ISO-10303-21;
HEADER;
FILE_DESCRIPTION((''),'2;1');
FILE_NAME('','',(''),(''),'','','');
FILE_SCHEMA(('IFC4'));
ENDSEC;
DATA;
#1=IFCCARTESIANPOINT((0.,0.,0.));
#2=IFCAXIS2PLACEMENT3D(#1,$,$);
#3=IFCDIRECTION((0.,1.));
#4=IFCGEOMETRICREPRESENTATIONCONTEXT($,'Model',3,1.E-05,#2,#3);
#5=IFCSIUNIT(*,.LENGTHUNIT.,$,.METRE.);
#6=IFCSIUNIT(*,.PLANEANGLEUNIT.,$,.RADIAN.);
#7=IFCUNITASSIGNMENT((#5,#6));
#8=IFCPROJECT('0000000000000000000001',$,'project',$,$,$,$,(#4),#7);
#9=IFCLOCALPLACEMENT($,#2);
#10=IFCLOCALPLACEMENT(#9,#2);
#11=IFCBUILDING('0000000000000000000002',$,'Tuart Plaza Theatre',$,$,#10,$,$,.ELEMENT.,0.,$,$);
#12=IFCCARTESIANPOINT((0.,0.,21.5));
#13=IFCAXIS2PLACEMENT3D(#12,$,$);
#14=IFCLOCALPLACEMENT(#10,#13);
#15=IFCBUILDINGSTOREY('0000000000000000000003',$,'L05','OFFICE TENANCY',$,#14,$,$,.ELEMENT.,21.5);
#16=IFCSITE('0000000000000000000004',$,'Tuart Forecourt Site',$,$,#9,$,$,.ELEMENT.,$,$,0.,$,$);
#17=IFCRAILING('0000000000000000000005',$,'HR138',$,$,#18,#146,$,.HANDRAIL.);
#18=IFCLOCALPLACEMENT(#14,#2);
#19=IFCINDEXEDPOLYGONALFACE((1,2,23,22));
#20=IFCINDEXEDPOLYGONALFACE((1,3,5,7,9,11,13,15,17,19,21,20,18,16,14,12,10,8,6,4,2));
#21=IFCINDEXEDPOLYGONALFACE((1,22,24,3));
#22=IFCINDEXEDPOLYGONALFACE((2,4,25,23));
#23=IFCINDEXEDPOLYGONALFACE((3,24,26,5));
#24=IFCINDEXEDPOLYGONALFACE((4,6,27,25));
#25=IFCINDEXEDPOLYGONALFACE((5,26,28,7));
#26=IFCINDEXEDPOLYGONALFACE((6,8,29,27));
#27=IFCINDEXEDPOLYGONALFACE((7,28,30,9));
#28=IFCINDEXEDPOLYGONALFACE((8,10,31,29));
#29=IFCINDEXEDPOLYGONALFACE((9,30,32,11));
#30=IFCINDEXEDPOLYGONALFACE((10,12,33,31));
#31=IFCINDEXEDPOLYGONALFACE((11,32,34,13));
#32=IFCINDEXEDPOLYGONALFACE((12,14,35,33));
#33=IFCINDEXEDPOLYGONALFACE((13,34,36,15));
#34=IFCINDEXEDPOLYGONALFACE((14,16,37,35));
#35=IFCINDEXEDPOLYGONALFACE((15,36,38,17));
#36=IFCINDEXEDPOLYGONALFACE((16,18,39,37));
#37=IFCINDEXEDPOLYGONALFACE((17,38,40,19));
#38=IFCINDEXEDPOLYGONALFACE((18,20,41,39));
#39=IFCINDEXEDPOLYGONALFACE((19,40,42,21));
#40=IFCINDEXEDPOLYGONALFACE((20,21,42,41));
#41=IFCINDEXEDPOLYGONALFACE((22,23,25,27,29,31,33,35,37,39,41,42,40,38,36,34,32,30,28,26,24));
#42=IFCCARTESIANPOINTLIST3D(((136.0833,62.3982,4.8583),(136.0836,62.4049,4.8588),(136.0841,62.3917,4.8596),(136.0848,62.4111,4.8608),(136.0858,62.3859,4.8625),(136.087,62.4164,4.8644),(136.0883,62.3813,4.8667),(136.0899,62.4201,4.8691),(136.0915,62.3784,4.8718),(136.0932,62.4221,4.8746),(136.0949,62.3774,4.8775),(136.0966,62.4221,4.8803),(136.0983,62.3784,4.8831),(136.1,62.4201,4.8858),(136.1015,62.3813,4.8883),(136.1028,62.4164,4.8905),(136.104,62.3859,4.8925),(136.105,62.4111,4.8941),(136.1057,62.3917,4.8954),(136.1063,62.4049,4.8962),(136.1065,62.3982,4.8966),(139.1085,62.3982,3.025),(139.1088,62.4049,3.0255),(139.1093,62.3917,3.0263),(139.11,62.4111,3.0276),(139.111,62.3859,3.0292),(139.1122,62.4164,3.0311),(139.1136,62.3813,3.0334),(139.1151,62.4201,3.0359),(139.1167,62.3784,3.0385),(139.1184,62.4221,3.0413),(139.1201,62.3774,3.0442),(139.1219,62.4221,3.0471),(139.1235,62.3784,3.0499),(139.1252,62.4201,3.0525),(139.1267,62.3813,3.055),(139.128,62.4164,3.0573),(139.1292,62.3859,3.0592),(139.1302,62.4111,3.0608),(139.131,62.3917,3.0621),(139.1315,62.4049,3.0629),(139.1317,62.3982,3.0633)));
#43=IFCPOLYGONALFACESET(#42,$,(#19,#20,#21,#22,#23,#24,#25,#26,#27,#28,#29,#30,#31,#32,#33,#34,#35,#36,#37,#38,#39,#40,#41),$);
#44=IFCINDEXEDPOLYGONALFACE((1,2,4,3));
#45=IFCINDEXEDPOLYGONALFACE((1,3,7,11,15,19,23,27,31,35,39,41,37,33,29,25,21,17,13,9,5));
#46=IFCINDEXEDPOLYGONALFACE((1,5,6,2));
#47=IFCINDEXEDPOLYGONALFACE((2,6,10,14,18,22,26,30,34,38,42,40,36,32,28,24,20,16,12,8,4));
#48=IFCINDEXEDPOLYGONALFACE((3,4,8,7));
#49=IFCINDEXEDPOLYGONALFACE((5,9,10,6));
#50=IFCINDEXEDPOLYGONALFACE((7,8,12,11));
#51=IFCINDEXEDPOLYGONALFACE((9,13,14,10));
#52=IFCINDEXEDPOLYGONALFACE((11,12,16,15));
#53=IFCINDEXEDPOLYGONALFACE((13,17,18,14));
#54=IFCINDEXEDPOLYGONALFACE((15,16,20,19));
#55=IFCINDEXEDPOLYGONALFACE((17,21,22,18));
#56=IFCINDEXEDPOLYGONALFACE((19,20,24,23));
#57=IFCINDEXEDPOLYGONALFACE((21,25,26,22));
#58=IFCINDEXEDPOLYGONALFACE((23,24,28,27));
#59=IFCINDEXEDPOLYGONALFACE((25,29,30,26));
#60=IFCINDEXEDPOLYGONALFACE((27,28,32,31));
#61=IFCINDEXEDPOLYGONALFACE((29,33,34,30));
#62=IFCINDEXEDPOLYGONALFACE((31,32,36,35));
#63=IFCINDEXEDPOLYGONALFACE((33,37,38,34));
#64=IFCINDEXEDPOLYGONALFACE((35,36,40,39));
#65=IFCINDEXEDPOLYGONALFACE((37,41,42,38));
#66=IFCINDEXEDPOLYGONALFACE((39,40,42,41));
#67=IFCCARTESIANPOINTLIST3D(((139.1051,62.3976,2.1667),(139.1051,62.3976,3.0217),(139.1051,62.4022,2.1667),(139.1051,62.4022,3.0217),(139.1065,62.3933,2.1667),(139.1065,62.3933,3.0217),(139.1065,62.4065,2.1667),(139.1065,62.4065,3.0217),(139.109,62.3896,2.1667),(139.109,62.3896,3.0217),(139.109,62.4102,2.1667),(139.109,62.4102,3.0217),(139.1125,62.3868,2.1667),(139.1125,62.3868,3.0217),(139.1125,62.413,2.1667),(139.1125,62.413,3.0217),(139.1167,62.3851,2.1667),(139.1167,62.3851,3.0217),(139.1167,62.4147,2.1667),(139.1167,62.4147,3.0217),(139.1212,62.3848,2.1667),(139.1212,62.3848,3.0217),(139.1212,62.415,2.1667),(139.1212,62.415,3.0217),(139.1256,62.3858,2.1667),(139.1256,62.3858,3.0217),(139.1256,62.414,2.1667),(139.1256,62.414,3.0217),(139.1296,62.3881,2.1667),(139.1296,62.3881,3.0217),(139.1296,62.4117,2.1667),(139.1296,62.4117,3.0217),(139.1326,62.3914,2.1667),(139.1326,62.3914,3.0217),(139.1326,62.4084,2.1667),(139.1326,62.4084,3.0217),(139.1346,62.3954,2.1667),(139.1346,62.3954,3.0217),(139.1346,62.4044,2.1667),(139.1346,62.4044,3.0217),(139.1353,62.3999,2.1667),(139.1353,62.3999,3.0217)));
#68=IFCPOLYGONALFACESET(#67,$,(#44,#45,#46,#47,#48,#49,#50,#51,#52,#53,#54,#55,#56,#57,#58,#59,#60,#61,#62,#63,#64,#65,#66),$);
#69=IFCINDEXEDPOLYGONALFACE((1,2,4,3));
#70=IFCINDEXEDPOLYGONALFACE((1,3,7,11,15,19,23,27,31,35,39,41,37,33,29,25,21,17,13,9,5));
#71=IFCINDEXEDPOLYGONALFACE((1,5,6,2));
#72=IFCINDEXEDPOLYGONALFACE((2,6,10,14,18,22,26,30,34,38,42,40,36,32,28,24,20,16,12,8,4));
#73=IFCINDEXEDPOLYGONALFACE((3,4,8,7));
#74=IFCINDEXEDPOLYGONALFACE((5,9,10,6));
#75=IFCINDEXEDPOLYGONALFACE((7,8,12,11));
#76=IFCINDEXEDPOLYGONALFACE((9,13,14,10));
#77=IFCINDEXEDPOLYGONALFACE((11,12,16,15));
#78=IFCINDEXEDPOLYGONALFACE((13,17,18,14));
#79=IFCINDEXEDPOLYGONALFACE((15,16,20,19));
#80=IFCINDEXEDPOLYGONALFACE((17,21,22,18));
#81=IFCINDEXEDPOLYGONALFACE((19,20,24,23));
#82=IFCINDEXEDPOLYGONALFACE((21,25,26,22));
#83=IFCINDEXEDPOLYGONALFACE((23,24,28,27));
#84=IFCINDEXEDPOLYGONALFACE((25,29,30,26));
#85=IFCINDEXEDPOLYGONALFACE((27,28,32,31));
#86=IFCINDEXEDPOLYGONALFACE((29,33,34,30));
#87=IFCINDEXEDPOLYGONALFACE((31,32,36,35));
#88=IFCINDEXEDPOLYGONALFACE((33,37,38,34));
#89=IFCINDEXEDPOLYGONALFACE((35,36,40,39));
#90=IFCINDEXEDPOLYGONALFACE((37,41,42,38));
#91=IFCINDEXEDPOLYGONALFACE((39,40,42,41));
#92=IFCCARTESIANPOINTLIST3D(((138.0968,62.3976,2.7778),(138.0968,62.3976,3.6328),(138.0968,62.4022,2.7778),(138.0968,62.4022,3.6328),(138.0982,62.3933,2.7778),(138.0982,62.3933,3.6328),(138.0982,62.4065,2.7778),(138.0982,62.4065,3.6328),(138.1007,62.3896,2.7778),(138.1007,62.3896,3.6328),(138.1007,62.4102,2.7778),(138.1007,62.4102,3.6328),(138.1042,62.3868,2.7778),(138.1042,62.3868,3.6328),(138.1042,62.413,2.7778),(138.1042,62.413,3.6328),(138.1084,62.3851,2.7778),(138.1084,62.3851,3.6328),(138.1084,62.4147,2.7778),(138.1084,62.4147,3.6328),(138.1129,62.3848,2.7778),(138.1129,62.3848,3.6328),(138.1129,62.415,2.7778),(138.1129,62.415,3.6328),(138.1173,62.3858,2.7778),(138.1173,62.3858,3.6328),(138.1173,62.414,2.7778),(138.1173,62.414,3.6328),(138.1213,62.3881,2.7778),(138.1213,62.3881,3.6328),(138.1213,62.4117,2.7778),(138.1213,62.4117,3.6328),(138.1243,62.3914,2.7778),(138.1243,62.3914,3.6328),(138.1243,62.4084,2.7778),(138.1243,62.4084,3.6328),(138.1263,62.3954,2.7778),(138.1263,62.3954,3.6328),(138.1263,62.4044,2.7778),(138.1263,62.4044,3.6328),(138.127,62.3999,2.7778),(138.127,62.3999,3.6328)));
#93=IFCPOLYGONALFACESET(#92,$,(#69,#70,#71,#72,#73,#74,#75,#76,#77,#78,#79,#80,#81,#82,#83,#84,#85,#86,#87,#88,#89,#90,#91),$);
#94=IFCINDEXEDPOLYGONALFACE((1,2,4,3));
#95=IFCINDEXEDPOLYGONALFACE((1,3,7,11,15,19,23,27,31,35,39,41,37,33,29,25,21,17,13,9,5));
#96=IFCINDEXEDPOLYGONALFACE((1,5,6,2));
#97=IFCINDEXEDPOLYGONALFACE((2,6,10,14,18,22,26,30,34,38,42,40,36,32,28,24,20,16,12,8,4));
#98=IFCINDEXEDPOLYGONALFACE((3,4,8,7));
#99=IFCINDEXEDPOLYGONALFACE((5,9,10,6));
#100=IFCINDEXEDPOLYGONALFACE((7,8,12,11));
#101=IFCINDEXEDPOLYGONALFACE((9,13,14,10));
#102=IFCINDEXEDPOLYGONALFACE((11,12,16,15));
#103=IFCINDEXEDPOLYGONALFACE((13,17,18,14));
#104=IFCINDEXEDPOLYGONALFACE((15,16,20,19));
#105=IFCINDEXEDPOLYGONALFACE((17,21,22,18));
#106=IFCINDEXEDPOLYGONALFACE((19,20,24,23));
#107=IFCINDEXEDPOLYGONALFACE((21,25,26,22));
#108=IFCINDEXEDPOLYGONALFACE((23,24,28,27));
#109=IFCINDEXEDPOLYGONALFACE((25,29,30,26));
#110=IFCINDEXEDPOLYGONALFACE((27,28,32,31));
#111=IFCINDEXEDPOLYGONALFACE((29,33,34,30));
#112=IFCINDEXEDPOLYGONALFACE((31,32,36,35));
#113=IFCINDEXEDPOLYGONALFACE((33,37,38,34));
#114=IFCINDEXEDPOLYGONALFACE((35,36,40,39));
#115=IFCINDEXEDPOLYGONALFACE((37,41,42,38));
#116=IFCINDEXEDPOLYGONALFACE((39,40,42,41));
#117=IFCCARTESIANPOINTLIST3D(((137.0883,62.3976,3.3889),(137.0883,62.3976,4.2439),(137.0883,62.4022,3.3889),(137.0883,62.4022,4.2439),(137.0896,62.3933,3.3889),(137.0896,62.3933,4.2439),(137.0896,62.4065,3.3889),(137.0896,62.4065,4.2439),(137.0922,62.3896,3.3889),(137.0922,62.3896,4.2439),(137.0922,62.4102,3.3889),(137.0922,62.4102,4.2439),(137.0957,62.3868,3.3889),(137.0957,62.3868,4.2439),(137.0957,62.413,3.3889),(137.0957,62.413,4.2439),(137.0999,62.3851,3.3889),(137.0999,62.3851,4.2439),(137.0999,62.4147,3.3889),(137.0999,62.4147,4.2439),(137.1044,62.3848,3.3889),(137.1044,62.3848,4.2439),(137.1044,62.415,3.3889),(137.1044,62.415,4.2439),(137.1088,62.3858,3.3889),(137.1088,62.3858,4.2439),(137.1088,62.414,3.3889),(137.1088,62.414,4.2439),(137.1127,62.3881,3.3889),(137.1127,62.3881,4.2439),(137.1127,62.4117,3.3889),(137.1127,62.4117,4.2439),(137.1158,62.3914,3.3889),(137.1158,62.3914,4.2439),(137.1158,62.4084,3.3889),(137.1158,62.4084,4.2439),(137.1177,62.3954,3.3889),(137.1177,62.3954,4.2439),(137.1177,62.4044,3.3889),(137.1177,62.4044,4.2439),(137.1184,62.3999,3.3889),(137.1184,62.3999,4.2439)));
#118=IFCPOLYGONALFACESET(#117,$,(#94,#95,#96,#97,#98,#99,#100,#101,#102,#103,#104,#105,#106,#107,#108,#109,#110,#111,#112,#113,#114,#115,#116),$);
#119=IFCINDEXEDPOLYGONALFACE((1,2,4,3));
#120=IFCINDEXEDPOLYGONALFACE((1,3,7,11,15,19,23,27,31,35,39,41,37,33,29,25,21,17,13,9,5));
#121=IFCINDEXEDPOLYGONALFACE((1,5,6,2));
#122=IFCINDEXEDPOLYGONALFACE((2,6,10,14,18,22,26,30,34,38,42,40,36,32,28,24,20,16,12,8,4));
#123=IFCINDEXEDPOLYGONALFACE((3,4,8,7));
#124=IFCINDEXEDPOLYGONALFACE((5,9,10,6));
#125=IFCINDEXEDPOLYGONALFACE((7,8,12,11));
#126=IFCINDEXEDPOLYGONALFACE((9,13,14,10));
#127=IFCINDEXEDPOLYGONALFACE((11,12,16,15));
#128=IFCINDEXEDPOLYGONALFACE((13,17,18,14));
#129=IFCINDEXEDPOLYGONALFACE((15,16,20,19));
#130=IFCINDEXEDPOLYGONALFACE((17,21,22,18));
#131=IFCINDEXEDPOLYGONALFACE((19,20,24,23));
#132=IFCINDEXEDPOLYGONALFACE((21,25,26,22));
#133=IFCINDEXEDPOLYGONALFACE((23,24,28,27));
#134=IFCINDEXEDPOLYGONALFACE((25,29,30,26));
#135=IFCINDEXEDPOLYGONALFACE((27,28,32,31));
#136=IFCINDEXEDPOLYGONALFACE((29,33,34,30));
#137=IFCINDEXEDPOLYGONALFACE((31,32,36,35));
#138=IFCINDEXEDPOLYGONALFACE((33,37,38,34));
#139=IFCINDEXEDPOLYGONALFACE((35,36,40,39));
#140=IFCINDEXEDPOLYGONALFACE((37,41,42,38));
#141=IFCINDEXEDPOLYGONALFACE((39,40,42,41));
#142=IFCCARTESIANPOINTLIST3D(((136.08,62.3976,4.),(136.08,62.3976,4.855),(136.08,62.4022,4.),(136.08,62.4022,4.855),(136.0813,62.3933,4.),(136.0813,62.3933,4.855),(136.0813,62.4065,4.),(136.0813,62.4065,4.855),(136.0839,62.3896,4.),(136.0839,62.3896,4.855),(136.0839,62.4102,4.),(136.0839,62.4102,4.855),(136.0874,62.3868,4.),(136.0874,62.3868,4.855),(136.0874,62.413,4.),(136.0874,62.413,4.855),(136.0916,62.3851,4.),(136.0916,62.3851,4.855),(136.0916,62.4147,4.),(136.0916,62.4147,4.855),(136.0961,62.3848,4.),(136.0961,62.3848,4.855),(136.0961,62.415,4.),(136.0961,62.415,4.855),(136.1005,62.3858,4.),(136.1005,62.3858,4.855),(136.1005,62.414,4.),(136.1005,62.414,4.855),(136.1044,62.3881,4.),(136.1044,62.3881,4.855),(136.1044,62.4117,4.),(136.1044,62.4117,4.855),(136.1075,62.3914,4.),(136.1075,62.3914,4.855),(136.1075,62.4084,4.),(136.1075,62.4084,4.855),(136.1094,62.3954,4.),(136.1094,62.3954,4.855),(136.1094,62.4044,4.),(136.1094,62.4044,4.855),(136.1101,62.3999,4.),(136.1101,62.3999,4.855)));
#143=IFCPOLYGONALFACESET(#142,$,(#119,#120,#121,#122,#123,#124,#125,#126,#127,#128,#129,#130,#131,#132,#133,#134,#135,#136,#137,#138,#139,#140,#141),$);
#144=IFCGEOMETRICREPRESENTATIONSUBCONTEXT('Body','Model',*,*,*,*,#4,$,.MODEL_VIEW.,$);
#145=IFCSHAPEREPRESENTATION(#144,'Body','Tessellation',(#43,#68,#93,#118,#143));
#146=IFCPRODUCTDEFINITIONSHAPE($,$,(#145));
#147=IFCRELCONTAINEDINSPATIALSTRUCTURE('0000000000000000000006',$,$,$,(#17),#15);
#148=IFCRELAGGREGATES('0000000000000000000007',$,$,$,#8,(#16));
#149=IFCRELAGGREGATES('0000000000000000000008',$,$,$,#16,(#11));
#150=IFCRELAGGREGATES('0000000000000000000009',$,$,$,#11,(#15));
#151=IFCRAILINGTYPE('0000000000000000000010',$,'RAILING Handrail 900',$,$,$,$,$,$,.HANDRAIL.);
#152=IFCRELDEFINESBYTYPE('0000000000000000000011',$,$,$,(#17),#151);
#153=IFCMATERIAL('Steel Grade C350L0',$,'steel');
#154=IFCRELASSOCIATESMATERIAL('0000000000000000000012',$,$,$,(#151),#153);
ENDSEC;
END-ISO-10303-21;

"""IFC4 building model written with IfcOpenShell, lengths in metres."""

from ifc_helpers import new_model, si_unit, direction, frame, origin, origin_2d, place, context, subcontext, project, spatial, circle, extrude, material, type_object, element, save


model = new_model("IFC4")

# Units and contexts
model_context = context("Model", 3, precision=1e-05, world=origin(), true_north=direction((0.0, 1.0)))
body_context = subcontext(model_context, "Body", "Model", "MODEL_VIEW")
ifc_project = project(units=[si_unit("LENGTHUNIT", "METRE"), si_unit("PLANEANGLEUNIT", "RADIAN")], contexts=[model_context])

# Site, building, storey
site_placement = place(None, origin())
site = spatial("IfcSite", under=ifc_project, at=site_placement, Name="Tuart Forecourt Site", CompositionType="ELEMENT", RefElevation=0.0)
building_placement = place(site_placement, origin())
building = spatial("IfcBuilding", under=site, at=building_placement, Name="Tuart Plaza Theatre", CompositionType="ELEMENT", ElevationOfRefHeight=0.0)
storey_placement = place(building_placement, frame((0.0, 0.0, 21.5)))
storey = spatial("IfcBuildingStorey", under=building, at=storey_placement, Name="L05", Description="OFFICE TENANCY", CompositionType="ELEMENT", Elevation=21.5)

# Railing
ifc_material_1 = material(Name="Steel Grade C350L0", Category="steel")
railing_type_1 = type_object("IfcRailingType", Name="RAILING Handrail 900", PredefinedType="HANDRAIL", material=ifc_material_1)
for number, where, name in (
    (1, (139.1201, 62.3999, 2.1667), "HR138"),
):
    element("IfcRailing", number, at=place(storey_placement, frame(where)), inside=storey, type_object=railing_type_1, Name=name, PredefinedType="HANDRAIL", context=body_context, shape_type="SweptSolid", body=[
        extrude(circle(Radius=0.0225, at=origin_2d()), frame((0.0, 0.0, 0.8774), z_axis=(-0.855219, 0.0, 0.518267), x_axis=(0.0, -1.0, 0.0)), (0.0, 0.0, 1.0), 3.5374),
        extrude(circle(Radius=0.0151, at=origin_2d()), origin(), (0.0, 0.0, 1.0), 0.855),
        extrude(circle(Radius=0.0151, at=origin_2d()), frame((-1.0083, 0.0, 0.6111)), (0.0, 0.0, 1.0), 0.855),
        extrude(circle(Radius=0.0151, at=origin_2d()), frame((-2.0168, 0.0, 1.2222)), (0.0, 0.0, 1.0), 0.855),
        extrude(circle(Radius=0.0151, at=origin_2d()), frame((-3.0251, 0.0, 1.8333)), (0.0, 0.0, 1.0), 0.855),
    ])

save(model, "model.ifc")
